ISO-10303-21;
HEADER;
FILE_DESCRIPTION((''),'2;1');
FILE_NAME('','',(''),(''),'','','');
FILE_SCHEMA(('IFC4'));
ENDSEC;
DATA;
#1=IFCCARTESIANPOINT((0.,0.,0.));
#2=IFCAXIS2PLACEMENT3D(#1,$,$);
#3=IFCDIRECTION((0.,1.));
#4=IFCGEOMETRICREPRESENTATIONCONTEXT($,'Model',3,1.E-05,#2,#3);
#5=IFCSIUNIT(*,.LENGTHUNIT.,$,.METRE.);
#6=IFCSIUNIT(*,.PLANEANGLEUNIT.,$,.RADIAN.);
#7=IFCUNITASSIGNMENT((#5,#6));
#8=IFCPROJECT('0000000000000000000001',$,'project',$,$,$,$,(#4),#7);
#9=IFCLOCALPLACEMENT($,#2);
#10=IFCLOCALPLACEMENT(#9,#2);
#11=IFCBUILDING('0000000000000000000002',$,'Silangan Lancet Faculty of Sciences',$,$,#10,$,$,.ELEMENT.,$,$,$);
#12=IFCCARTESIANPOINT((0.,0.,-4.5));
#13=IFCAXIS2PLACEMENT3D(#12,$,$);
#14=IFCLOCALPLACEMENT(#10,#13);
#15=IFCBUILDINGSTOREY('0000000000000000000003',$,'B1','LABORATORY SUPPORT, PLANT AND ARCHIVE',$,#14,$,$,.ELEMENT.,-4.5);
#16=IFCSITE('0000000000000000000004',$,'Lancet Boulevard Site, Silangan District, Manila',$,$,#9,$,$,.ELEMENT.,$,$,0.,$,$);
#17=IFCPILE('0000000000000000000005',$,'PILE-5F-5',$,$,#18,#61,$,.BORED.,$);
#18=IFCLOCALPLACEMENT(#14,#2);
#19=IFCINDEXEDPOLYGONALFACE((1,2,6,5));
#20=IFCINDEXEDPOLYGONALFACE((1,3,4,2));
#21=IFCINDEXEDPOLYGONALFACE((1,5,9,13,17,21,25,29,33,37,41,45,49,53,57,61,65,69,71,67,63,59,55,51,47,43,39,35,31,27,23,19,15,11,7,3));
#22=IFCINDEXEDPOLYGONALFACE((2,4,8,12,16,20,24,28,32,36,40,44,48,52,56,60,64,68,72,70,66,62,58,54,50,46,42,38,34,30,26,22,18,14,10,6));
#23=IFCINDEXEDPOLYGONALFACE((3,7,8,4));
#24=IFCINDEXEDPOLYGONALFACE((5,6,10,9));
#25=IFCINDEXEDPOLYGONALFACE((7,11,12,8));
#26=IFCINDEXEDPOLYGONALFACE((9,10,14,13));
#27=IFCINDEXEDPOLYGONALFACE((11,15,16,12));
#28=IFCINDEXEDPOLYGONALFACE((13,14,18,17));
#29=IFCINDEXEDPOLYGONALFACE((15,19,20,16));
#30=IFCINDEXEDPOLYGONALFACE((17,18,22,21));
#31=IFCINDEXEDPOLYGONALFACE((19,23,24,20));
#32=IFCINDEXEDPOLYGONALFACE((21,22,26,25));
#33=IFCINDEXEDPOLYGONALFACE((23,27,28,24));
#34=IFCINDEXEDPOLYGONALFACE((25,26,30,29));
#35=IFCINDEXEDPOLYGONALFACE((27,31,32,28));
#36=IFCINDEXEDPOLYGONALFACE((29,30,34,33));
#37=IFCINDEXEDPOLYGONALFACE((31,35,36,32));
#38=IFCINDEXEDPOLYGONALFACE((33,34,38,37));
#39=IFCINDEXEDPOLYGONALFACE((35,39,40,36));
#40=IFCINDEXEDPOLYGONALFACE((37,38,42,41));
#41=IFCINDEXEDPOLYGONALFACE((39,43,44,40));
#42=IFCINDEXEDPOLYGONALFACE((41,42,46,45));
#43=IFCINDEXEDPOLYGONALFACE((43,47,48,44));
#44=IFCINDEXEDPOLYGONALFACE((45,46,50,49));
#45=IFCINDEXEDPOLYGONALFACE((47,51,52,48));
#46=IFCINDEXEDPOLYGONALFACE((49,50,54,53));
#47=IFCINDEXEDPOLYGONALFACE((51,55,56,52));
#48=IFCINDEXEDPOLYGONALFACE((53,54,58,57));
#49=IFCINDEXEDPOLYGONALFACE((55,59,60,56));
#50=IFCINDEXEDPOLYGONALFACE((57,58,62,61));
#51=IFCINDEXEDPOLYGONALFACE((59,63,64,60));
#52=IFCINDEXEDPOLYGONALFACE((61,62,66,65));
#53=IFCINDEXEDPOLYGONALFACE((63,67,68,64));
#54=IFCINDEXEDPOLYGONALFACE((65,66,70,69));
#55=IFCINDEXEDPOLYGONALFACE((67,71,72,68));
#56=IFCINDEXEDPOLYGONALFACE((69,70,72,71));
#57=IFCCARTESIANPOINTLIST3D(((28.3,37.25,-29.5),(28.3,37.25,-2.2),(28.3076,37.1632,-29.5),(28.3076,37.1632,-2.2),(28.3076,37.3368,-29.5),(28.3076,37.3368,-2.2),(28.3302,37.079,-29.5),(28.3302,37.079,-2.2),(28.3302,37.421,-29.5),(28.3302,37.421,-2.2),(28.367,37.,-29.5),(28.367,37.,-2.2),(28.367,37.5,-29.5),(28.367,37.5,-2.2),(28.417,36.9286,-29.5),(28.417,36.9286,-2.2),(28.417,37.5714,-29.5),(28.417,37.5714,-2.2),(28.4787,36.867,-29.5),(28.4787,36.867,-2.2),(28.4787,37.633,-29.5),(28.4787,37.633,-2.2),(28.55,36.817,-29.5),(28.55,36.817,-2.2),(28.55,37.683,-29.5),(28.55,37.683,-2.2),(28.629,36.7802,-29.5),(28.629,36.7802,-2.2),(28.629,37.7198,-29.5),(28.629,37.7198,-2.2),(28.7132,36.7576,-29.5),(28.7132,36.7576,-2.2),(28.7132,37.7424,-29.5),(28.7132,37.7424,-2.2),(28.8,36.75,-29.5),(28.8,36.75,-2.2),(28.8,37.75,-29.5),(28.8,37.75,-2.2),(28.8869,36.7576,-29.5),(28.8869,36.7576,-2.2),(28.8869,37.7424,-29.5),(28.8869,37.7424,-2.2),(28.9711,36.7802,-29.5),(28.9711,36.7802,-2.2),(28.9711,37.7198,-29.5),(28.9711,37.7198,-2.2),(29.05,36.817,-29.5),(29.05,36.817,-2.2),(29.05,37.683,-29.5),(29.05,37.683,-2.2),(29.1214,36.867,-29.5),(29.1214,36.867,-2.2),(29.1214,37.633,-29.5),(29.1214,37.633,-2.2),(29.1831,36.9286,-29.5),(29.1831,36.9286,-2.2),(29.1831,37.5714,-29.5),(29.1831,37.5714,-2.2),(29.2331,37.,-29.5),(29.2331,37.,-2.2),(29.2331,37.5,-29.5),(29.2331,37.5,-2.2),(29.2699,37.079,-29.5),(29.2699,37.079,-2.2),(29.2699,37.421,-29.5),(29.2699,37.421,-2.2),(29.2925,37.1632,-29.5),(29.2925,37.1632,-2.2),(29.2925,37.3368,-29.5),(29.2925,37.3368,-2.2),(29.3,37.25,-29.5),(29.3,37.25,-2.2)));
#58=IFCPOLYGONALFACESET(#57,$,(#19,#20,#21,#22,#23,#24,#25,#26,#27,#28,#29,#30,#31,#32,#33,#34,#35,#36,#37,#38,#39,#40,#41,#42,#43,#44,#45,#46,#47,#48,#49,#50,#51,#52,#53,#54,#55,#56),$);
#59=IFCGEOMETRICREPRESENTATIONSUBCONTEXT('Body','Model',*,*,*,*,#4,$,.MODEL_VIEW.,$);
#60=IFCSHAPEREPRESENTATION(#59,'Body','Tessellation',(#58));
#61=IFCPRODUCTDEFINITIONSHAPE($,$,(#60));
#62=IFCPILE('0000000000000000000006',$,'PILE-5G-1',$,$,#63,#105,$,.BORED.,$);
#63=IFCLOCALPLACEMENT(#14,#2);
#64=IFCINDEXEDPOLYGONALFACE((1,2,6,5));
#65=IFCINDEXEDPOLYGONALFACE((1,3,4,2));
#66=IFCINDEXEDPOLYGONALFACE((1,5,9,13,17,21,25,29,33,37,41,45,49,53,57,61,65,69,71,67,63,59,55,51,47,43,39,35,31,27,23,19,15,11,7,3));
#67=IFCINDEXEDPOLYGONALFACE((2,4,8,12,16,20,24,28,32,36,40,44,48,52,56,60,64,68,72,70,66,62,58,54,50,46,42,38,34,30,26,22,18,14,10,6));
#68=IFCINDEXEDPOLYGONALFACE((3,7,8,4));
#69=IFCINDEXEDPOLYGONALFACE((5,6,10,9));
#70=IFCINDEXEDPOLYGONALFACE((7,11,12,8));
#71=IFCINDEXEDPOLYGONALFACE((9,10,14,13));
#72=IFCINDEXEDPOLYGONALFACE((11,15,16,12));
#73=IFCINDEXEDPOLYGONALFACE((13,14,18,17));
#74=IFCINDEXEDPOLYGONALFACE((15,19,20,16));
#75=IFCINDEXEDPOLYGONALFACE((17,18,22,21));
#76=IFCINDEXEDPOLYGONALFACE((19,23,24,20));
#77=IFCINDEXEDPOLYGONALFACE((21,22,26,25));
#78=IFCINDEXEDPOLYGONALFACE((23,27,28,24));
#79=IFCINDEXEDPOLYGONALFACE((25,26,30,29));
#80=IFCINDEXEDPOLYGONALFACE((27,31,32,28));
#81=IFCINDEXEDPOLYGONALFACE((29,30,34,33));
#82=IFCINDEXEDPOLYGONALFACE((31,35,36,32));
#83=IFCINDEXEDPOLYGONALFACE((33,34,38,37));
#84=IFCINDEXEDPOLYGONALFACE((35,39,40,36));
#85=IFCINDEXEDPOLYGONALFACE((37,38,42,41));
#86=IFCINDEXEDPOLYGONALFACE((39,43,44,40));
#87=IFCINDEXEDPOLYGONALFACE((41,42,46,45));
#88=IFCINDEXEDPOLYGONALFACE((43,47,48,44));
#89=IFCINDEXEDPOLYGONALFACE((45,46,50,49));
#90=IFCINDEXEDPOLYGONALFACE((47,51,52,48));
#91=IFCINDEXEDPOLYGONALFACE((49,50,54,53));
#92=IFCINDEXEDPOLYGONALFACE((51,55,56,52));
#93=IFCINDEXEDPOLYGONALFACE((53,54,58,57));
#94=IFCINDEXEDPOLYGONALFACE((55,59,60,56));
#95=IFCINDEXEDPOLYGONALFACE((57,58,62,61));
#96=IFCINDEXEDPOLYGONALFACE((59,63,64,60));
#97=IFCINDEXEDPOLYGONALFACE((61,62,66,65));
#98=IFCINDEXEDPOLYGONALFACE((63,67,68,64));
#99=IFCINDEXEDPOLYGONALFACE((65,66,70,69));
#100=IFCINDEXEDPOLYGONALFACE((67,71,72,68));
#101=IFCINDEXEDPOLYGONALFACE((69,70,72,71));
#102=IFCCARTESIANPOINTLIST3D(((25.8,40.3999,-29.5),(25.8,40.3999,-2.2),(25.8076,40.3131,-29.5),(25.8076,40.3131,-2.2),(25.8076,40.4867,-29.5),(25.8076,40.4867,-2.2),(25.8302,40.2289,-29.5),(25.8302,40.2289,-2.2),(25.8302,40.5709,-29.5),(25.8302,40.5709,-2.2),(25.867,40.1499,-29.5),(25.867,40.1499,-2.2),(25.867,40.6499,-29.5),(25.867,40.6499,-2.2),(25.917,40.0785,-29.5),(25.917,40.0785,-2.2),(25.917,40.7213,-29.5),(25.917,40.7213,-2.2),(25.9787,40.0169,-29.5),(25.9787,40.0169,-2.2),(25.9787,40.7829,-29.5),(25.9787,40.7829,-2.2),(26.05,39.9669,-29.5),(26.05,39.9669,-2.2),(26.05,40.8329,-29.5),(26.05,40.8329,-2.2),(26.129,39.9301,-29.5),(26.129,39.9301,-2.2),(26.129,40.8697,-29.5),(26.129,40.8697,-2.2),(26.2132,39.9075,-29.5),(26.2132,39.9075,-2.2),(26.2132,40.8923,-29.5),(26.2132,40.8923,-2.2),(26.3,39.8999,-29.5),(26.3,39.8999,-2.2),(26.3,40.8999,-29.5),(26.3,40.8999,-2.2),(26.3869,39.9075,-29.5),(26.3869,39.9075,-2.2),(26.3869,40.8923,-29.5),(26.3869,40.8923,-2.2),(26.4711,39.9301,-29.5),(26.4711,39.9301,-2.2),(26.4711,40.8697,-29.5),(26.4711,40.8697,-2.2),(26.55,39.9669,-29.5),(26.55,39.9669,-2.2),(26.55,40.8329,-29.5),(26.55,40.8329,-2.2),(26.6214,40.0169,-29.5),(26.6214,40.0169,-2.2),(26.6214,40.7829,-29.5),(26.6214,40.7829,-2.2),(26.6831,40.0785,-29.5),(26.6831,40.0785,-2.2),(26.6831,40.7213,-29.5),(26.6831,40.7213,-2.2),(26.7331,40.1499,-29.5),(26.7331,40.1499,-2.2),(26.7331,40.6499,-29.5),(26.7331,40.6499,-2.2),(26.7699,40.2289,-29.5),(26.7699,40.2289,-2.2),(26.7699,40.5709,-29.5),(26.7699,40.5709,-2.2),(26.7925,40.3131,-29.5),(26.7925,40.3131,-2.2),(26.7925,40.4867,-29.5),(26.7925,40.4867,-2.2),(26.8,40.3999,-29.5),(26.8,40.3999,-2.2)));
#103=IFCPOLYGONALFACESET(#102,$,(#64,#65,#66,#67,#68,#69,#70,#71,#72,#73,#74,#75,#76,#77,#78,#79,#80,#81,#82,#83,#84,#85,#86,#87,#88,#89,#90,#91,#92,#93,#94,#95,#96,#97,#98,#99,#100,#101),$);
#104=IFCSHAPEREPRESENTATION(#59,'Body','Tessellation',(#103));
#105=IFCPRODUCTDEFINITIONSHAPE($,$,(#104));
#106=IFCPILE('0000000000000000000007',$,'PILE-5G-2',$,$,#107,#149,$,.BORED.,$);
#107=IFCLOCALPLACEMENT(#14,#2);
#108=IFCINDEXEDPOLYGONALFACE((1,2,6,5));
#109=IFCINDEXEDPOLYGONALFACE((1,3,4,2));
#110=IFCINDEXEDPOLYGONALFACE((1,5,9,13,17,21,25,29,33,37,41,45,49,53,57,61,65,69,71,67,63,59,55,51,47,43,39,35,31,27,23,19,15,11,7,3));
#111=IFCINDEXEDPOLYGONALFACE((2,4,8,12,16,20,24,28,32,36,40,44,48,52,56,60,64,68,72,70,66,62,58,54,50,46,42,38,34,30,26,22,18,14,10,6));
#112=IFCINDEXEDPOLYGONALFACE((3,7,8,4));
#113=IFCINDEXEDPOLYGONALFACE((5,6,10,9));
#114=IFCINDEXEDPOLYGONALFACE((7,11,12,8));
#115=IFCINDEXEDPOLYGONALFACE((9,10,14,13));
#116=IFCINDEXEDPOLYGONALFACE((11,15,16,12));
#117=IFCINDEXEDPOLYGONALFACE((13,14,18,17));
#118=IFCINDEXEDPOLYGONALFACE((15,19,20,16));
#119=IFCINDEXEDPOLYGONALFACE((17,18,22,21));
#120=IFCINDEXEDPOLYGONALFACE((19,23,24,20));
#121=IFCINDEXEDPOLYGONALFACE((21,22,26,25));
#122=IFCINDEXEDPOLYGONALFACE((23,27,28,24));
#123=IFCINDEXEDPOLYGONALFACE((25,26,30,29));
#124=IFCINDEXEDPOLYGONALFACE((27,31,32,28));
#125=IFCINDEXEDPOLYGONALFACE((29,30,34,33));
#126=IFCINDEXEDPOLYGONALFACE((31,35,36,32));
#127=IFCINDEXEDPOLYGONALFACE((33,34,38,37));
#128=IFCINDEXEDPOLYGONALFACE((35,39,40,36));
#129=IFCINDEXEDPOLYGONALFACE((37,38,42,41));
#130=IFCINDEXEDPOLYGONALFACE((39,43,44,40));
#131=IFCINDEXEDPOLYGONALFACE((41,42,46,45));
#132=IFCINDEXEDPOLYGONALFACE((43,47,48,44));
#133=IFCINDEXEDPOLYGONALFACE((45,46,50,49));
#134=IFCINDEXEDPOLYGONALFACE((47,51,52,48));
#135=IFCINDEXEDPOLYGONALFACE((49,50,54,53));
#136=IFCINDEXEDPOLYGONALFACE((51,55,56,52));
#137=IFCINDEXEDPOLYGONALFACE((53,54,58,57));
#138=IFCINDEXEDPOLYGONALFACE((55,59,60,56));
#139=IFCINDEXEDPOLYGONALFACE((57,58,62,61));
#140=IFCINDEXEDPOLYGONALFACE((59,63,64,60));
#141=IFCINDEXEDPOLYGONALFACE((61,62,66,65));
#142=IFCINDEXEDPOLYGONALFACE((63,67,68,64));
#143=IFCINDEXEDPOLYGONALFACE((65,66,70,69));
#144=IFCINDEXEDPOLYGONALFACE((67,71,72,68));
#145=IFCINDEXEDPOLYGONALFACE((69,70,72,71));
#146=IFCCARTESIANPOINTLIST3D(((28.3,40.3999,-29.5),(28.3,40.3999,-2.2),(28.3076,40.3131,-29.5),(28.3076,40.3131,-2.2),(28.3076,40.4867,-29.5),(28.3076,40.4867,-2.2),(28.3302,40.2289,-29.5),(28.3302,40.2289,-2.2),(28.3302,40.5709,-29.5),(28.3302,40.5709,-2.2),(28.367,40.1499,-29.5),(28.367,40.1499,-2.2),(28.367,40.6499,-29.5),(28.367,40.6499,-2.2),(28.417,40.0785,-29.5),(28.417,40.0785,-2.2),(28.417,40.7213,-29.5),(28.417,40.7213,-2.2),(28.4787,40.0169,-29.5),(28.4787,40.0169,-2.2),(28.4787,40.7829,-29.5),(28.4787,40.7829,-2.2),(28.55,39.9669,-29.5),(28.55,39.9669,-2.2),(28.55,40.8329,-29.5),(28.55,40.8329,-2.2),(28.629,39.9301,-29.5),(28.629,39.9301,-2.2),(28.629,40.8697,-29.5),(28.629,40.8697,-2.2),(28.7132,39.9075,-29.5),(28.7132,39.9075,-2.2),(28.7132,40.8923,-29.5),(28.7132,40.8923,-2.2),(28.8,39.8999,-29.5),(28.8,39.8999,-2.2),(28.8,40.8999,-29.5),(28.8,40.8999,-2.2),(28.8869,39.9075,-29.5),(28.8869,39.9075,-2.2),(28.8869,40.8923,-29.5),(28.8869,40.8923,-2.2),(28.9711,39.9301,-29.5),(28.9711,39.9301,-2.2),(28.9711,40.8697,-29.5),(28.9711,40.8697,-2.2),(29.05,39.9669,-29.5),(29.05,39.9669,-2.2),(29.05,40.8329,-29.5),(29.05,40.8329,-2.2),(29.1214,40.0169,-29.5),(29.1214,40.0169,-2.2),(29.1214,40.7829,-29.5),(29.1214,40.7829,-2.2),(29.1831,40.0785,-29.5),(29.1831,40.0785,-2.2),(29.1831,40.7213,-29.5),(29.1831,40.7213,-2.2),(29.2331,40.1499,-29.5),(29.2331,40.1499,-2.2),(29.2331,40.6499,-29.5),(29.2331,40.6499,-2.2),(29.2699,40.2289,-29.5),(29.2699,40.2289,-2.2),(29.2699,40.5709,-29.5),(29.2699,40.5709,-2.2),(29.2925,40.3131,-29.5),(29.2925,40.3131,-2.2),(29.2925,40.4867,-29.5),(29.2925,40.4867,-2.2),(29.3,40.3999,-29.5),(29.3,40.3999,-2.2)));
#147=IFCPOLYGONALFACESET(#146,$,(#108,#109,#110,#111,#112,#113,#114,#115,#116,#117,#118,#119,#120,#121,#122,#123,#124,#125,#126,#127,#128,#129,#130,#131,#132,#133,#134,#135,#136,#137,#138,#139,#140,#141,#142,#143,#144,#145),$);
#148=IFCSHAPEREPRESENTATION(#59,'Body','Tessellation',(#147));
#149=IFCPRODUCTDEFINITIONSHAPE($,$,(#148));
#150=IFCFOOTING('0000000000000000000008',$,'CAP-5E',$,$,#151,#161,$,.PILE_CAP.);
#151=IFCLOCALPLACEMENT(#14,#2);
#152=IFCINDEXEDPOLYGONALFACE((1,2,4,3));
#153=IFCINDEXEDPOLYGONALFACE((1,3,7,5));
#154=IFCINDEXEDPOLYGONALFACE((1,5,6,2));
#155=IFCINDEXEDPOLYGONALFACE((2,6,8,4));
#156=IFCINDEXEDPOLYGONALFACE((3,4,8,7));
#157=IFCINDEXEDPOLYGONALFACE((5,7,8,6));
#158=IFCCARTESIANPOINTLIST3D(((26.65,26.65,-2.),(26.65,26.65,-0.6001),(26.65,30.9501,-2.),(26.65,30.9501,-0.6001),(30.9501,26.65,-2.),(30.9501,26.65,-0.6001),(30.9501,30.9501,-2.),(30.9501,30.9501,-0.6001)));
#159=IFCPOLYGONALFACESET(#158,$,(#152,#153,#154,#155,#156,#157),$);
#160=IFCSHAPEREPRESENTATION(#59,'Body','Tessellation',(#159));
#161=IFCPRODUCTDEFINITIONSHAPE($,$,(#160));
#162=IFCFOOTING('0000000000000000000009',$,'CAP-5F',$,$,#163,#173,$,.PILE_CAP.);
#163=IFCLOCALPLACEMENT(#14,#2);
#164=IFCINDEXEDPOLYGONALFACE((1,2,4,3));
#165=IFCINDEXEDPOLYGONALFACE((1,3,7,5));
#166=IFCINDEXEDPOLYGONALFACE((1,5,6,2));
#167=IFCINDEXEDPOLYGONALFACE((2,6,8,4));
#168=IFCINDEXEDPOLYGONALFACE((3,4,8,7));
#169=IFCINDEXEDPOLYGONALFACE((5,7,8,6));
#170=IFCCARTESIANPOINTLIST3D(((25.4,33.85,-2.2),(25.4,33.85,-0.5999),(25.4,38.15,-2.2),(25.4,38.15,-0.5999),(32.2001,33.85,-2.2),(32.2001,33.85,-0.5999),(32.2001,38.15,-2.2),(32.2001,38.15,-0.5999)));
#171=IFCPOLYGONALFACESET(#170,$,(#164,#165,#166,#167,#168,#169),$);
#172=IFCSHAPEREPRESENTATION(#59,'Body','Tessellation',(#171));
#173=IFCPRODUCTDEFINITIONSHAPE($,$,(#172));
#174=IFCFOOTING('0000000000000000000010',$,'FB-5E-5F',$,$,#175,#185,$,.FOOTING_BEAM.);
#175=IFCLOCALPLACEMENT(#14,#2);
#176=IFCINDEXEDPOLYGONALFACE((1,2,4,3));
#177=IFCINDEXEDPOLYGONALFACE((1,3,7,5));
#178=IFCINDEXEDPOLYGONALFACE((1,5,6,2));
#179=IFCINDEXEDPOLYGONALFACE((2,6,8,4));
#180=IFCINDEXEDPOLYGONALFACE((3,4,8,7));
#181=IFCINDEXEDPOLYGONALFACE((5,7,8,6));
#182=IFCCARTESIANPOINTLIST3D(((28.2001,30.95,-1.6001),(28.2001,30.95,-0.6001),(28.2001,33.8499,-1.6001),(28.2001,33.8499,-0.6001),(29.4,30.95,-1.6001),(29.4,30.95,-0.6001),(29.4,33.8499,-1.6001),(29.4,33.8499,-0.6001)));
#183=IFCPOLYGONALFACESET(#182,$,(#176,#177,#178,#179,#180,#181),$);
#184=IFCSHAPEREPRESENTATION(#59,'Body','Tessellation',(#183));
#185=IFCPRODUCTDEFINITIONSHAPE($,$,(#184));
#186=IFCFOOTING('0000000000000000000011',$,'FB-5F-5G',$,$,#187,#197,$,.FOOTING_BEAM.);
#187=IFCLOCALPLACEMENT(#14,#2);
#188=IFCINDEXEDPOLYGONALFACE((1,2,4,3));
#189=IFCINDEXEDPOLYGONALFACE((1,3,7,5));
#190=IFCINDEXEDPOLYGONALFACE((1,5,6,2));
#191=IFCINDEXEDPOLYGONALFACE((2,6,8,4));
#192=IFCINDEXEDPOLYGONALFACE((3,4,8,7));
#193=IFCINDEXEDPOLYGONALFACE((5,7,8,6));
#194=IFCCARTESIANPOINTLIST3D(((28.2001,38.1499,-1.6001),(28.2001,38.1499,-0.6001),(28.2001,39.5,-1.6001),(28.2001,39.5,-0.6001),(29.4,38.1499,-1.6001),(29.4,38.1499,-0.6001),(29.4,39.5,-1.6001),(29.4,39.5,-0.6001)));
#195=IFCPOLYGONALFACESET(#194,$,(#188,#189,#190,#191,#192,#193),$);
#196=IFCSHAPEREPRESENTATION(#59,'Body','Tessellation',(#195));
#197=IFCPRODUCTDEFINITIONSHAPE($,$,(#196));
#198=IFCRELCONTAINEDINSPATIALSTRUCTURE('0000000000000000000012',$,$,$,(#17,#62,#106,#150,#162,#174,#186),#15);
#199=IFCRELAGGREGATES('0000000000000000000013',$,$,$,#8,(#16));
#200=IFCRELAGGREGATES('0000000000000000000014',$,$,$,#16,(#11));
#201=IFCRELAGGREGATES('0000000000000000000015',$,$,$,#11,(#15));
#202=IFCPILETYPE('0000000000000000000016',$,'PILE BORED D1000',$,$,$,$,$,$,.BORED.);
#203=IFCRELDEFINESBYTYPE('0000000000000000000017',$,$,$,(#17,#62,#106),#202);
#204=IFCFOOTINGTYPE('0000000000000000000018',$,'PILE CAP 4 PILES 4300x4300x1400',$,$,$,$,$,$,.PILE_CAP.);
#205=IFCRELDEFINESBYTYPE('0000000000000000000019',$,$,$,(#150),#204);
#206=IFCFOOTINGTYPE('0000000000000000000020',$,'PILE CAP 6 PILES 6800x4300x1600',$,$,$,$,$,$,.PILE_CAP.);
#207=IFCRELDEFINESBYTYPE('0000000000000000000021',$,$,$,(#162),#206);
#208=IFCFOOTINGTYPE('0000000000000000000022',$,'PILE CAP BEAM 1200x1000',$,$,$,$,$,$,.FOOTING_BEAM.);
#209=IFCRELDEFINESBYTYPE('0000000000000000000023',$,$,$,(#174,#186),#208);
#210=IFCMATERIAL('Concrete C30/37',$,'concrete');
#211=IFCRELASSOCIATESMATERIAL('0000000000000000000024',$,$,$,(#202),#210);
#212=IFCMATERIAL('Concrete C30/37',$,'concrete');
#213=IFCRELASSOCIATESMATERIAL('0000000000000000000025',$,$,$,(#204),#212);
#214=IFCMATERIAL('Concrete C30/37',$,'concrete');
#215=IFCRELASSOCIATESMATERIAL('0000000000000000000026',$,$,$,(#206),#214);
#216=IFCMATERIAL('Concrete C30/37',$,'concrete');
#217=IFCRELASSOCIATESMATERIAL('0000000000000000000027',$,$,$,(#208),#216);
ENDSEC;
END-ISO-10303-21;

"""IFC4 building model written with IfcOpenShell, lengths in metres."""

from ifc_helpers import new_model, si_unit, direction, frame, origin, origin_2d, place, context, subcontext, project, spatial, rectangle, circle, extrude, material, material_profile, profile_set, type_object, element, save


model = new_model("IFC4")

# Units and contexts
model_context = context("Model", 3, precision=1e-05, world=origin(), true_north=direction((0.0, 1.0)))
body_context = subcontext(model_context, "Body", "Model", "MODEL_VIEW")
ifc_project = project(units=[si_unit("LENGTHUNIT", "METRE"), si_unit("PLANEANGLEUNIT", "RADIAN")], contexts=[model_context])

# Site, building, storey
site_placement = place(None, origin())
site = spatial("IfcSite", under=ifc_project, at=site_placement, Name="Lancet Boulevard Site, Silangan District, Manila", CompositionType="ELEMENT", RefElevation=0.0)
building_placement = place(site_placement, origin())
building = spatial("IfcBuilding", under=site, at=building_placement, Name="Silangan Lancet Faculty of Sciences", CompositionType="ELEMENT")
storey_placement = place(building_placement, frame((0.0, 0.0, -4.5)))
storey = spatial("IfcBuildingStorey", under=building, at=storey_placement, Name="B1", Description="LABORATORY SUPPORT, PLANT AND ARCHIVE", CompositionType="ELEMENT", Elevation=-4.5)

# Piles
ifc_material_1 = material(Name="Concrete C30/37", Category="concrete")
ifc_material_profile_1 = material_profile(ifc_material_1, circle(Radius=0.5, at=origin_2d()), Name="BORED PILE D1000")
ifc_profile_set_1 = profile_set([ifc_material_profile_1], Name="Concrete C30/37")
pile_type = type_object("IfcPileType", Name="PILE BORED D1000", PredefinedType="BORED", material=ifc_profile_set_1)
for number, where, z_axis, x_axis, name in (
    (1, (28.8, 37.25, -2.2), (0.0, 0.0, -1.0), (1.0, 0.0, 0.0), "PILE-5F-5"),
    (2, (26.3, 40.3999, -2.2), (0.0, 0.0, -1.0), (1.0, 0.0, 0.0), "PILE-5G-1"),
    (3, (28.8, 40.3999, -2.2), (0.0, 0.0, -1.0), (1.0, 0.0, 0.0), "PILE-5G-2"),
):
    element("IfcPile", number, at=place(storey_placement, frame(where, z_axis=z_axis, x_axis=x_axis)), inside=storey, type_object=pile_type, Name=name, PredefinedType="BORED", context=body_context, shape_type="SweptSolid", body=[
        extrude(circle(Radius=0.5, at=origin_2d()), origin(), (0.0, 0.0, 1.0), 27.3),
    ])

# Footings
ifc_material_2 = material(Name="Concrete C30/37", Category="concrete")
footing_type_1 = type_object("IfcFootingType", Name="PILE CAP 4 PILES 4300x4300x1400", PredefinedType="PILE_CAP", material=ifc_material_2)
footing_1_placement = place(storey_placement, frame((28.8, 28.8, -2.0), z_axis=(0.0, 0.0, 1.0), x_axis=(1.0, 0.0, 0.0)))
element("IfcFooting", 4, at=footing_1_placement, inside=storey, type_object=footing_type_1, Name="CAP-5E", PredefinedType="PILE_CAP", context=body_context, shape_type="SweptSolid", body=[
    extrude(rectangle(XDim=4.3, YDim=4.3, at=origin_2d()), origin(), (0.0, 0.0, 1.0), 1.3999),
])
ifc_material_3 = material(Name="Concrete C30/37", Category="concrete")
footing_type_2 = type_object("IfcFootingType", Name="PILE CAP 6 PILES 6800x4300x1600", PredefinedType="PILE_CAP", material=ifc_material_3)
footing_2_placement = place(storey_placement, frame((28.8, 36.0, -2.2), z_axis=(0.0, 0.0, 1.0), x_axis=(1.0, 0.0, 0.0)))
element("IfcFooting", 5, at=footing_2_placement, inside=storey, type_object=footing_type_2, Name="CAP-5F", PredefinedType="PILE_CAP", context=body_context, shape_type="SweptSolid", body=[
    extrude(rectangle(XDim=6.8, YDim=4.3, at=origin_2d()), origin(), (0.0, 0.0, 1.0), 1.6001),
])
ifc_material_4 = material(Name="Concrete C30/37", Category="concrete")
footing_type_3 = type_object("IfcFootingType", Name="PILE CAP BEAM 1200x1000", PredefinedType="FOOTING_BEAM", material=ifc_material_4)
footing_3_placement = place(storey_placement, frame((28.8, 32.3999, -1.6001), z_axis=(0.0, 0.0, 1.0), x_axis=(0.0, 1.0, 0.0)))
element("IfcFooting", 6, at=footing_3_placement, inside=storey, type_object=footing_type_3, Name="FB-5E-5F", PredefinedType="FOOTING_BEAM", context=body_context, shape_type="SweptSolid", body=[
    extrude(rectangle(XDim=2.8999, YDim=1.2, at=origin_2d()), origin(), (0.0, 0.0, 1.0), 1.0),
])
footing_4_placement = place(storey_placement, frame((28.8, 38.825, -1.6001), z_axis=(0.0, 0.0, 1.0), x_axis=(0.0, 1.0, 0.0)))
element("IfcFooting", 7, at=footing_4_placement, inside=storey, type_object=footing_type_3, Name="FB-5F-5G", PredefinedType="FOOTING_BEAM", context=body_context, shape_type="SweptSolid", body=[
    extrude(rectangle(XDim=1.3501, YDim=1.2, at=origin_2d()), origin(), (0.0, 0.0, 1.0), 1.0),
])

save(model, "model.ifc")
